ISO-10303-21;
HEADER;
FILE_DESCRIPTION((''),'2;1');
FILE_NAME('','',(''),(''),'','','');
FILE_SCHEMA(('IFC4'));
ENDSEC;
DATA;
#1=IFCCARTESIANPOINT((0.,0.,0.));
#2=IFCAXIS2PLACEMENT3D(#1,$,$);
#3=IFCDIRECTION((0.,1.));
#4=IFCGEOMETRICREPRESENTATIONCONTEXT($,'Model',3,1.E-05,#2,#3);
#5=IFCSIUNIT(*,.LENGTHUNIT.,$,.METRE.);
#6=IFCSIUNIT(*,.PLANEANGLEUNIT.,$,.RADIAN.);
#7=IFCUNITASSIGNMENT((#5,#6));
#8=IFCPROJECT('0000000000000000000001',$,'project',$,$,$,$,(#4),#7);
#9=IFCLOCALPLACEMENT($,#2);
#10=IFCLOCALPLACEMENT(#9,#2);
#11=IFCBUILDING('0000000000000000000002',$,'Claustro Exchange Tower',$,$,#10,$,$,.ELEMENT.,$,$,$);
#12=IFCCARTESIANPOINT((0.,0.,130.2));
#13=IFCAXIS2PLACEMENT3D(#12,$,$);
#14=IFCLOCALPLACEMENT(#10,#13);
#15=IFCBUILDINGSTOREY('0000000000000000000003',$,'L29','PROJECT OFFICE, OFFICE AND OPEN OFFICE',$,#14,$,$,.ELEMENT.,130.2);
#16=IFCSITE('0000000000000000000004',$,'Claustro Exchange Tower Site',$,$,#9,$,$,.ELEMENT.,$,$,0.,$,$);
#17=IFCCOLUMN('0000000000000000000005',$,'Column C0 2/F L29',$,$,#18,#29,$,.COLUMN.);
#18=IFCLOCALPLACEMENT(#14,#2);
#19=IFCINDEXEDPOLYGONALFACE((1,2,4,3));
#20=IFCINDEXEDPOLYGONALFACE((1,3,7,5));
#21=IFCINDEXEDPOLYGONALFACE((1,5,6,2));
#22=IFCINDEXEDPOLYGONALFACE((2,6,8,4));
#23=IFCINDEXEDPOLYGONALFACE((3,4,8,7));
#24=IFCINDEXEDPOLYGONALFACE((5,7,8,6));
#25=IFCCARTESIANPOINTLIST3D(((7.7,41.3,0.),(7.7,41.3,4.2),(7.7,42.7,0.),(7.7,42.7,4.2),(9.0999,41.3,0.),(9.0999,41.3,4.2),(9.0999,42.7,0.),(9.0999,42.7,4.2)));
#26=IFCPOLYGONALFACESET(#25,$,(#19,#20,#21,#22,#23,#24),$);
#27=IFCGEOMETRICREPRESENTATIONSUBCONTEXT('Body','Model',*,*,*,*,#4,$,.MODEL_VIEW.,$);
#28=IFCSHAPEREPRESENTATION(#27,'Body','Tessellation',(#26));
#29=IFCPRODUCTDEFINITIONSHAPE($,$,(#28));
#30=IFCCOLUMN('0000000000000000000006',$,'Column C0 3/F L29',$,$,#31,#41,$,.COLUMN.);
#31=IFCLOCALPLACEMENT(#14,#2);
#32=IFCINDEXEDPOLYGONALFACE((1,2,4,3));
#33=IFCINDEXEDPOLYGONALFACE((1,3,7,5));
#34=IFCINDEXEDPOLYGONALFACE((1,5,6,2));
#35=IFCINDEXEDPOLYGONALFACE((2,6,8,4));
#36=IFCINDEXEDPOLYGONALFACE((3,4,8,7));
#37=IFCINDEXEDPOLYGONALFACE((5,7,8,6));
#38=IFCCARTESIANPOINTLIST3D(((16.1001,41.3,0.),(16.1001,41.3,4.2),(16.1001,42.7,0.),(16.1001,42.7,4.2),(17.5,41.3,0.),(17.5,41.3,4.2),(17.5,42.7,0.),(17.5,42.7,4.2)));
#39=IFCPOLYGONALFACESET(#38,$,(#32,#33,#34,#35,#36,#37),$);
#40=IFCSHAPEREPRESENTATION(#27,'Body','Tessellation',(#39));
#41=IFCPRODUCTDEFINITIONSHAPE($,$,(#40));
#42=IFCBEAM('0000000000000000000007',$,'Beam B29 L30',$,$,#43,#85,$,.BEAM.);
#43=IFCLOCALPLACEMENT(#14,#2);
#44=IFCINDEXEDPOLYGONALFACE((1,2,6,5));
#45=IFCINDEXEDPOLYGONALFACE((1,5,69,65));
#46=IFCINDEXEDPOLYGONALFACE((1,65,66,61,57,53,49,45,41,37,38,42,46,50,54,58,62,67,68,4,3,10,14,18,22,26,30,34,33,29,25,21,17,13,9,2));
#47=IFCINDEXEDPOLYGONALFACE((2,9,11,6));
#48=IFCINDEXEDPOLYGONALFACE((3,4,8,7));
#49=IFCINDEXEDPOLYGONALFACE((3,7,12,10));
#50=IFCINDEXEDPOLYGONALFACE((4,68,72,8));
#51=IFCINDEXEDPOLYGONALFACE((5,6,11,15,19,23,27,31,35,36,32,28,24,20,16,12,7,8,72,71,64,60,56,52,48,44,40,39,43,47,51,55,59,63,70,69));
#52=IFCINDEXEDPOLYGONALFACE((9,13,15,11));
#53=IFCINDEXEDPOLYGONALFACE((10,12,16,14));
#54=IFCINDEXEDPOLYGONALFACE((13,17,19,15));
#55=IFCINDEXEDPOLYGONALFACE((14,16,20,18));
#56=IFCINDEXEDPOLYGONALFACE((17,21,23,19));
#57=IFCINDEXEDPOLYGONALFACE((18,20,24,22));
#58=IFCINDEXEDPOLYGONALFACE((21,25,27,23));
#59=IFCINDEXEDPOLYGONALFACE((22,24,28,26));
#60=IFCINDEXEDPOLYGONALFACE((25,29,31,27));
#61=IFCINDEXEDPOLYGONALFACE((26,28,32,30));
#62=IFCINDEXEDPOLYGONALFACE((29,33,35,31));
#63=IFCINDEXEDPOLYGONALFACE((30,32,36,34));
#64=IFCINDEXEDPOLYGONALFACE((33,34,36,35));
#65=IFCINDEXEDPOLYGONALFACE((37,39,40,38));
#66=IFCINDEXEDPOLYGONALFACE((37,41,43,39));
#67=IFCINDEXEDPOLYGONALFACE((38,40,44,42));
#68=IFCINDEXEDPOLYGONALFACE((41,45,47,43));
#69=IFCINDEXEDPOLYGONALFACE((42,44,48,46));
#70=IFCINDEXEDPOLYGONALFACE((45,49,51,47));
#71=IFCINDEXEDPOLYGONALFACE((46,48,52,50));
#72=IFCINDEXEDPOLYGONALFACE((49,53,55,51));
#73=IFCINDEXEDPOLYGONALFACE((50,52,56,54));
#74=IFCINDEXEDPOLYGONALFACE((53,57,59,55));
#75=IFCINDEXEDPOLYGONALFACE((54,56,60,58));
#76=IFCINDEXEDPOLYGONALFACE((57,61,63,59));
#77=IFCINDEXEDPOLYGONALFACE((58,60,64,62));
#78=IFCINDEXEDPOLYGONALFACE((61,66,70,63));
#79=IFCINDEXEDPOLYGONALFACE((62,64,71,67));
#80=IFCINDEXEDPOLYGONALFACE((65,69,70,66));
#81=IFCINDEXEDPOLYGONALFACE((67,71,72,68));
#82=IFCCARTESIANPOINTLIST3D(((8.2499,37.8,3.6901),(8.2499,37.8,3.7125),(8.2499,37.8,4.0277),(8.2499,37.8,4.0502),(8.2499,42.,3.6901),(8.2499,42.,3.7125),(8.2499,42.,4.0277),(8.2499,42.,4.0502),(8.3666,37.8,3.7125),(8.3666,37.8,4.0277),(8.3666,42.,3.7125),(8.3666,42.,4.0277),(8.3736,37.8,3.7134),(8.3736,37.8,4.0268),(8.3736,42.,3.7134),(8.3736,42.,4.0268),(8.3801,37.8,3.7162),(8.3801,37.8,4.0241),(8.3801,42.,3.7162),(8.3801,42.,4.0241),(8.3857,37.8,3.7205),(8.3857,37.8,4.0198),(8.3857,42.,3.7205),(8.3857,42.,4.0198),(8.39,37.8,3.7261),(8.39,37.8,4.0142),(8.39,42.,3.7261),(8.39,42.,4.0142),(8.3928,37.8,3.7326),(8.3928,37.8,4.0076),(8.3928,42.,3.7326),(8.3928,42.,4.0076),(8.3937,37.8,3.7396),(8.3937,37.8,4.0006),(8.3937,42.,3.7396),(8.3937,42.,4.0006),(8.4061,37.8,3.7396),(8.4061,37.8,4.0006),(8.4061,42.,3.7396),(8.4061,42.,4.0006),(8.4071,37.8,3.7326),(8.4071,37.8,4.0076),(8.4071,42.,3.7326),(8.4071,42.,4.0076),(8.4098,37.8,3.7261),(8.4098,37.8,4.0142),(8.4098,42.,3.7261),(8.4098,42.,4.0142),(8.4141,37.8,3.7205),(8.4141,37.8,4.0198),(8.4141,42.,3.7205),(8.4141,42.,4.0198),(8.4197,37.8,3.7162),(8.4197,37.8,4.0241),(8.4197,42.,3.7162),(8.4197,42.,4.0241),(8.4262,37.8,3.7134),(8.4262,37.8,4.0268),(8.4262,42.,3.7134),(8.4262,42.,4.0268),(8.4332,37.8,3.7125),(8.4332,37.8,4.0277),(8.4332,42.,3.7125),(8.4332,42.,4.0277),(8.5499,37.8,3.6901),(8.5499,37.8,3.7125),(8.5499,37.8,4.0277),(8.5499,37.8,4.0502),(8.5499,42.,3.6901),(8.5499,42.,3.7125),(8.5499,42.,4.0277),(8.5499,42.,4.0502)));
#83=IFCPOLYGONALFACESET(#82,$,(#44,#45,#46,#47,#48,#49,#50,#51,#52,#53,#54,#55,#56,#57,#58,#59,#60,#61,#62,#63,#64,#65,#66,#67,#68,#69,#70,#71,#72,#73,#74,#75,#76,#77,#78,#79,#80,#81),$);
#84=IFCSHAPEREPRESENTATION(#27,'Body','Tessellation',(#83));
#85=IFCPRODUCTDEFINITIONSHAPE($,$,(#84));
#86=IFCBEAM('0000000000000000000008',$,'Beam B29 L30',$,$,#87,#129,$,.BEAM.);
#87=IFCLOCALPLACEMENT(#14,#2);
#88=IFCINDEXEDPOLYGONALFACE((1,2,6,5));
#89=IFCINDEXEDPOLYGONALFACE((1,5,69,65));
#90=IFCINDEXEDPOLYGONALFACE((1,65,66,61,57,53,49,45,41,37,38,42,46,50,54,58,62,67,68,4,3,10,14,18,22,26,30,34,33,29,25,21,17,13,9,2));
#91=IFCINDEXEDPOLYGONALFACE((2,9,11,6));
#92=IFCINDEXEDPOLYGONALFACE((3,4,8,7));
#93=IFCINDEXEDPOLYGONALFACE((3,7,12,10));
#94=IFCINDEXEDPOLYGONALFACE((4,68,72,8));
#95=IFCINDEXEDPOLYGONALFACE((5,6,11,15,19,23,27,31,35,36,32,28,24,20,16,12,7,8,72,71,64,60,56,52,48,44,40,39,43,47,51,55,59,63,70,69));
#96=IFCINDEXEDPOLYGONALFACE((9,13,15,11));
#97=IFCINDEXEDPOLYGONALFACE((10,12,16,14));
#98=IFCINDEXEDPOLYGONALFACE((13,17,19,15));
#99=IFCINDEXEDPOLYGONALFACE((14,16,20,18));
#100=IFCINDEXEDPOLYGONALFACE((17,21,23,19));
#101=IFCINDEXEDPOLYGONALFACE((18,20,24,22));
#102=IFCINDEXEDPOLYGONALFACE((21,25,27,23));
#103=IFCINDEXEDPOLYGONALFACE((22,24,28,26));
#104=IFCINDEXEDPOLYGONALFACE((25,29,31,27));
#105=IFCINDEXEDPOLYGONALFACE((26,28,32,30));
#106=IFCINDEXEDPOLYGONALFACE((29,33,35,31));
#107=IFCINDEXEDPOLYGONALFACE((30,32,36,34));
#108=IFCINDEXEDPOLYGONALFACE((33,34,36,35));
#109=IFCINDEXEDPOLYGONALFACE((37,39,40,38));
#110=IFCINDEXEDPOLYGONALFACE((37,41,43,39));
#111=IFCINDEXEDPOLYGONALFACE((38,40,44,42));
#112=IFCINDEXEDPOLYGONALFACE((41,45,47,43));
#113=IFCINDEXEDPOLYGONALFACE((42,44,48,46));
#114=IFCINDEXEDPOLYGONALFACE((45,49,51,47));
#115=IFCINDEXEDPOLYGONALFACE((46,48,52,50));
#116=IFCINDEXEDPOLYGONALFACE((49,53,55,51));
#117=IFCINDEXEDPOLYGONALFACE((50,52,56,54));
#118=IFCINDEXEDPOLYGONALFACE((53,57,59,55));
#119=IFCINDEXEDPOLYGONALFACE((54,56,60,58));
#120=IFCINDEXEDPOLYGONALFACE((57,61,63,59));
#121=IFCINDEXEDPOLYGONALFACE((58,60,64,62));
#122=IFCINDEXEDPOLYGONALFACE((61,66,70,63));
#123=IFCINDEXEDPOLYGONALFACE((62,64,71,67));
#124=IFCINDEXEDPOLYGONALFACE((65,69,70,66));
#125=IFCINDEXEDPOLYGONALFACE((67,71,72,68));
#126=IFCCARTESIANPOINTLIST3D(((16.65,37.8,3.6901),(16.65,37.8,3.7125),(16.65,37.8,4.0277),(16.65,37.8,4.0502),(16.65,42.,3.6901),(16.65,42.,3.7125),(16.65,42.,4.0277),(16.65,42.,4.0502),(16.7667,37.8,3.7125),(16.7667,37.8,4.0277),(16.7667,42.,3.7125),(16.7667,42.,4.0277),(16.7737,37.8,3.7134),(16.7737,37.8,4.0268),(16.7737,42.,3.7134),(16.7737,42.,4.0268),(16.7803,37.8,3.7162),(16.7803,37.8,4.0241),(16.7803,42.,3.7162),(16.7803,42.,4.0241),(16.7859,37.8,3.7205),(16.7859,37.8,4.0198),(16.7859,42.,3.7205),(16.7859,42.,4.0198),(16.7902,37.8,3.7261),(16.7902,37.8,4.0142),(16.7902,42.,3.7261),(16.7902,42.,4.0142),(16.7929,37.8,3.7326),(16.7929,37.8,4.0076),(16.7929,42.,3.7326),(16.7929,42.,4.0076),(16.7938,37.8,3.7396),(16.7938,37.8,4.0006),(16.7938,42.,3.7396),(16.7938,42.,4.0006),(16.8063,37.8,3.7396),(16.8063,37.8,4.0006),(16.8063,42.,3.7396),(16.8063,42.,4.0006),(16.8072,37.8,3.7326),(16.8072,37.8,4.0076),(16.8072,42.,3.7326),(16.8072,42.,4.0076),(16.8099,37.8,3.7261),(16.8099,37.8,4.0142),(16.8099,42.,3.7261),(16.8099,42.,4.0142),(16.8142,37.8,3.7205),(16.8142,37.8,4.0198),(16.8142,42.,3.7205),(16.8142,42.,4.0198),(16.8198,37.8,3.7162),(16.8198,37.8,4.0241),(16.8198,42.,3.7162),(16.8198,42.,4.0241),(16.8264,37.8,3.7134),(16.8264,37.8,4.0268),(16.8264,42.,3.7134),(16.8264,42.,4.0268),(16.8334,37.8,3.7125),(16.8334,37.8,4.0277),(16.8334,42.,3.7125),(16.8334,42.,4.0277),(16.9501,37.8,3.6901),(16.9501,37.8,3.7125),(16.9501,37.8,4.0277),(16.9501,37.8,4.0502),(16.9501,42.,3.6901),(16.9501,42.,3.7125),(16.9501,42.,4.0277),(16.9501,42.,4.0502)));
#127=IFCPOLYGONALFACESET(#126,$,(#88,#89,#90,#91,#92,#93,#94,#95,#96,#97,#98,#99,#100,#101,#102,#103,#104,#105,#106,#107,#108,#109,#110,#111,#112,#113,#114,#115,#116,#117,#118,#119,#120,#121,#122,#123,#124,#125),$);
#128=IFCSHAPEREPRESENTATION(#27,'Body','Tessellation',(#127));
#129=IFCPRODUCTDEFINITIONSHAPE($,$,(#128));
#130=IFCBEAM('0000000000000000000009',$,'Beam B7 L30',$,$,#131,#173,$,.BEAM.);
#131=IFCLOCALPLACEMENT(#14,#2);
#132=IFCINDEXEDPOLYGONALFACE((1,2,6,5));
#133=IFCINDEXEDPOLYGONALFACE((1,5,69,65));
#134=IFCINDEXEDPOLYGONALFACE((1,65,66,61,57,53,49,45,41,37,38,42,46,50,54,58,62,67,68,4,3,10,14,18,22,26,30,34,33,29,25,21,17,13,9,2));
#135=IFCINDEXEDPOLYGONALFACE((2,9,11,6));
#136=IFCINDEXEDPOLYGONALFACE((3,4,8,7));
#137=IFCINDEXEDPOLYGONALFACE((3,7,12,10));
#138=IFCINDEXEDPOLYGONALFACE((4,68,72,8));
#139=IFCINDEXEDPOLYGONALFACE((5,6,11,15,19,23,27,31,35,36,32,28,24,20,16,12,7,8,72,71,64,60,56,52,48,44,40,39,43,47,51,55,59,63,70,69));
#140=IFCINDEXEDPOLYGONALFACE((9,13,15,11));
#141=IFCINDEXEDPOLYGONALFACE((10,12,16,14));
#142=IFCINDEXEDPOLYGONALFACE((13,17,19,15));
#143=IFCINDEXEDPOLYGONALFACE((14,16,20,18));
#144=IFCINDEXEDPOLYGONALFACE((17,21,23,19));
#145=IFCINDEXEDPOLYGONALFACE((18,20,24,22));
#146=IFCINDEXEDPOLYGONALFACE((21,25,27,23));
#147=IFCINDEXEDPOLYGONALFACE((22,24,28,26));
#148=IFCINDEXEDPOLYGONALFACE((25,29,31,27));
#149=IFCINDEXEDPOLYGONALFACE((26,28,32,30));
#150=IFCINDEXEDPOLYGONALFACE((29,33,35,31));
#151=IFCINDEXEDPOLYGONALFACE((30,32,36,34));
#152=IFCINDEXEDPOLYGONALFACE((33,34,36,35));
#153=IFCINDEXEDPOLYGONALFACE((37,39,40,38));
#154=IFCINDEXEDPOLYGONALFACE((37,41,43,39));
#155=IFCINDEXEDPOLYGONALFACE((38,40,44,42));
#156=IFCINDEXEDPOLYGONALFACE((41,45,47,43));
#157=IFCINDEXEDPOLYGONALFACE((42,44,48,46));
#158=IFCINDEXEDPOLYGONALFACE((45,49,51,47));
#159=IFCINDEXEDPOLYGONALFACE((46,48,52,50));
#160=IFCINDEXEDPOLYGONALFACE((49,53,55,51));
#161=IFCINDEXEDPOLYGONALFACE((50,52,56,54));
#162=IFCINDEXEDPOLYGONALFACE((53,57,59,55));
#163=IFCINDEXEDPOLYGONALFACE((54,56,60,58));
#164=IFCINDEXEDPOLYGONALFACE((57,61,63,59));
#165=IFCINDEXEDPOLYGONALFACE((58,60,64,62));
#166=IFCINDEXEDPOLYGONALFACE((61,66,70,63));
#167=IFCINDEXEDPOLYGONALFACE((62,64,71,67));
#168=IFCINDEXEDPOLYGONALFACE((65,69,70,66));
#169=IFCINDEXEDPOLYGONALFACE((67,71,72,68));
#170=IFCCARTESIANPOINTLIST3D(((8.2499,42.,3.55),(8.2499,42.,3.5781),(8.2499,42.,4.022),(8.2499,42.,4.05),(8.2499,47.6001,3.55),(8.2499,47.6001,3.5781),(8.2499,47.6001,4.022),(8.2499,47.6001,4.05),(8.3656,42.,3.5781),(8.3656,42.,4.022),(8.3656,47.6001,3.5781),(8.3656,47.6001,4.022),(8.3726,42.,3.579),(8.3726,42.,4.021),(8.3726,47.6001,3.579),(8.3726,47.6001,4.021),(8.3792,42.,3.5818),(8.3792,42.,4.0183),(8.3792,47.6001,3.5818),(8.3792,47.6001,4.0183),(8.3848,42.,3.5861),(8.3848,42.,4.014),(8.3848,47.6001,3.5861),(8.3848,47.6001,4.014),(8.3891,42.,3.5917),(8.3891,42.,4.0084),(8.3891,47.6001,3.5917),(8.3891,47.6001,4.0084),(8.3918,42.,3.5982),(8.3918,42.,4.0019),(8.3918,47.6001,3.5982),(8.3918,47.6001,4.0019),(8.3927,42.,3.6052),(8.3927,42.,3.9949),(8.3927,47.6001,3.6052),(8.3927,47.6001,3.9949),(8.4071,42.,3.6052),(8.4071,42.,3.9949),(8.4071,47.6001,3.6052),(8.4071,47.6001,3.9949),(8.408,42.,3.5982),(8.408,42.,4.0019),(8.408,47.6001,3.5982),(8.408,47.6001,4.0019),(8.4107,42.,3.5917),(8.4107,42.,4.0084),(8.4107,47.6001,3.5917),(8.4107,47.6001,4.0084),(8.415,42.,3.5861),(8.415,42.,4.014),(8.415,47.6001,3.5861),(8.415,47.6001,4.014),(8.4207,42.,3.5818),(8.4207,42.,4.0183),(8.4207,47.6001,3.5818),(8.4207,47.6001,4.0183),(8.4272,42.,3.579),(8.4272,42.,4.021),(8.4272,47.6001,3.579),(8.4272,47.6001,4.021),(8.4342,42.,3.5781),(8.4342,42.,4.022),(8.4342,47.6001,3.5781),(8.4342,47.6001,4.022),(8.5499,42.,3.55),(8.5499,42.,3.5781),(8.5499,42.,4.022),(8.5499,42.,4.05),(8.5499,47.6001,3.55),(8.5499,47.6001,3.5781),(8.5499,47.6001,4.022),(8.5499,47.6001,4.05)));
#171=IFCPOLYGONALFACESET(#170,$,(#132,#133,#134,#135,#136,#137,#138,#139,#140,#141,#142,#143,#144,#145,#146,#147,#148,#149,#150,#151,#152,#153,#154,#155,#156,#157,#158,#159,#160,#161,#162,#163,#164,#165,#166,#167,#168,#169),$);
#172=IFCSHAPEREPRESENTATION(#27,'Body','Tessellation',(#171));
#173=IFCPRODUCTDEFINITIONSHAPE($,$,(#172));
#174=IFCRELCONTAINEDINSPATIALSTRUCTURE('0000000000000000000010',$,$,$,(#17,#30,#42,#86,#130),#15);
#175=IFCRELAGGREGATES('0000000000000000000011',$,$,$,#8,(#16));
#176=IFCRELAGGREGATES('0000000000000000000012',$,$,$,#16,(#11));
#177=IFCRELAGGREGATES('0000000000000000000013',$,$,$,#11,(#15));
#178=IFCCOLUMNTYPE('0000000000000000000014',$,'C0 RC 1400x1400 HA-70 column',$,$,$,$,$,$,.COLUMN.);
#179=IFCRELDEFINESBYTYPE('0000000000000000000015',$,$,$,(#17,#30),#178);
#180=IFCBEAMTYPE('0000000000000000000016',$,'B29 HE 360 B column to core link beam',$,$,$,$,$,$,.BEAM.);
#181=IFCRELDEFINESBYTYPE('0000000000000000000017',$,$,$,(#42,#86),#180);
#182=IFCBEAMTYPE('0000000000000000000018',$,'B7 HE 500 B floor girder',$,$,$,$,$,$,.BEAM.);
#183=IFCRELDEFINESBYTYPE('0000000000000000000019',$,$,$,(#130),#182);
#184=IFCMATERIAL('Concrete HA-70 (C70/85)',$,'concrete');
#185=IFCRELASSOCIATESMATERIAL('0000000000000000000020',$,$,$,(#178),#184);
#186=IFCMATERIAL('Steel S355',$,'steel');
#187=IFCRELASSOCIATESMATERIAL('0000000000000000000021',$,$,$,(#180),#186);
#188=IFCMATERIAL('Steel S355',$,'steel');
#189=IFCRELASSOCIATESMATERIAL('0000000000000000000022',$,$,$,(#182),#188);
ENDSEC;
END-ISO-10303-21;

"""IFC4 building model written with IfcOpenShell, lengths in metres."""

from ifc_helpers import new_model, si_unit, direction, frame, origin, origin_2d, place, context, subcontext, project, spatial, rectangle, i_section, extrude, material, material_profile, profile_set, type_object, element, save


model = new_model("IFC4")

# Units and contexts
model_context = context("Model", 3, precision=1e-05, world=origin(), true_north=direction((0.0, 1.0)))
body_context = subcontext(model_context, "Body", "Model", "MODEL_VIEW")
ifc_project = project(units=[si_unit("LENGTHUNIT", "METRE"), si_unit("PLANEANGLEUNIT", "RADIAN")], contexts=[model_context])

# Site, building, storey
site_placement = place(None, origin())
site = spatial("IfcSite", under=ifc_project, at=site_placement, Name="Claustro Exchange Tower Site", CompositionType="ELEMENT", RefElevation=0.0)
building_placement = place(site_placement, origin())
building = spatial("IfcBuilding", under=site, at=building_placement, Name="Claustro Exchange Tower", CompositionType="ELEMENT")
storey_placement = place(building_placement, frame((0.0, 0.0, 130.2)))
storey = spatial("IfcBuildingStorey", under=building, at=storey_placement, Name="L29", Description="PROJECT OFFICE, OFFICE AND OPEN OFFICE", CompositionType="ELEMENT", Elevation=130.2)

# Columns
ifc_material_1 = material(Name="Concrete HA-70 (C70/85)", Category="concrete")
ifc_material_profile_1 = material_profile(ifc_material_1, rectangle(XDim=1.3999, YDim=1.3999, at=origin_2d()), Name="RC 1400x1400")
ifc_profile_set_1 = profile_set([ifc_material_profile_1], Name="Concrete HA-70 (C70/85)")
column_type = type_object("IfcColumnType", Name="C0 RC 1400x1400 HA-70 column", PredefinedType="COLUMN", material=ifc_profile_set_1)
for number, where, z_axis, x_axis, name in (
    (1, (8.3999, 42.0, 0.0), (0.0, 0.0, 1.0), (1.0, 0.0, 0.0), "Column C0 2/F L29"),
    (2, (16.8, 42.0, 0.0), (0.0, 0.0, 1.0), (1.0, 0.0, 0.0), "Column C0 3/F L29"),
):
    element("IfcColumn", number, at=place(storey_placement, frame(where, z_axis=z_axis, x_axis=x_axis)), inside=storey, type_object=column_type, Name=name, PredefinedType="COLUMN", context=body_context, shape_type="SweptSolid", body=[
        extrude(rectangle(XDim=1.3999, YDim=1.3999, at=origin_2d()), origin(), (0.0, 0.0, 1.0), 4.2),
    ])

# Beams
ifc_material_2 = material(Name="Steel S355", Category="steel")
ifc_material_profile_2 = material_profile(ifc_material_2, i_section(OverallWidth=0.3, OverallDepth=0.3601, WebThickness=0.0125, FlangeThickness=0.0225, FilletRadius=0.0271, at=origin_2d()), Name="HE 360 B")
ifc_profile_set_2 = profile_set([ifc_material_profile_2], Name="Steel S355")
beam_type_1 = type_object("IfcBeamType", Name="B29 HE 360 B column to core link beam", PredefinedType="BEAM", material=ifc_profile_set_2)
for number, where, z_axis, x_axis, name in (
    (3, (8.3999, 37.8, 3.8701), (0.0, 1.0, 0.0), (-1.0, 0.0, 0.0), "Beam B29 L30"),
    (4, (16.8, 37.8, 3.8701), (0.0, 1.0, 0.0), (-1.0, 0.0, 0.0), "Beam B29 L30"),
):
    element("IfcBeam", number, at=place(storey_placement, frame(where, z_axis=z_axis, x_axis=x_axis)), inside=storey, type_object=beam_type_1, Name=name, PredefinedType="BEAM", context=body_context, shape_type="SweptSolid", body=[
        extrude(i_section(OverallWidth=0.3, OverallDepth=0.3601, WebThickness=0.0125, FlangeThickness=0.0225, FilletRadius=0.0271, at=origin_2d()), origin(), (0.0, 0.0, 1.0), 4.2),
    ])
ifc_material_3 = material(Name="Steel S355", Category="steel")
ifc_material_profile_3 = material_profile(ifc_material_3, i_section(OverallWidth=0.3, OverallDepth=0.5, WebThickness=0.0144, FlangeThickness=0.0281, FilletRadius=0.0271, at=origin_2d()), Name="HE 500 B")
ifc_profile_set_3 = profile_set([ifc_material_profile_3], Name="Steel S355")
beam_type_2 = type_object("IfcBeamType", Name="B7 HE 500 B floor girder", PredefinedType="BEAM", material=ifc_profile_set_3)
for number, where, z_axis, x_axis, name in (
    (5, (8.3999, 42.0, 3.8), (0.0, 1.0, 0.0), (-1.0, 0.0, 0.0), "Beam B7 L30"),
):
    element("IfcBeam", number, at=place(storey_placement, frame(where, z_axis=z_axis, x_axis=x_axis)), inside=storey, type_object=beam_type_2, Name=name, PredefinedType="BEAM", context=body_context, shape_type="SweptSolid", body=[
        extrude(i_section(OverallWidth=0.3, OverallDepth=0.5, WebThickness=0.0144, FlangeThickness=0.0281, FilletRadius=0.0271, at=origin_2d()), origin(), (0.0, 0.0, 1.0), 5.6001),
    ])

save(model, "model.ifc")
